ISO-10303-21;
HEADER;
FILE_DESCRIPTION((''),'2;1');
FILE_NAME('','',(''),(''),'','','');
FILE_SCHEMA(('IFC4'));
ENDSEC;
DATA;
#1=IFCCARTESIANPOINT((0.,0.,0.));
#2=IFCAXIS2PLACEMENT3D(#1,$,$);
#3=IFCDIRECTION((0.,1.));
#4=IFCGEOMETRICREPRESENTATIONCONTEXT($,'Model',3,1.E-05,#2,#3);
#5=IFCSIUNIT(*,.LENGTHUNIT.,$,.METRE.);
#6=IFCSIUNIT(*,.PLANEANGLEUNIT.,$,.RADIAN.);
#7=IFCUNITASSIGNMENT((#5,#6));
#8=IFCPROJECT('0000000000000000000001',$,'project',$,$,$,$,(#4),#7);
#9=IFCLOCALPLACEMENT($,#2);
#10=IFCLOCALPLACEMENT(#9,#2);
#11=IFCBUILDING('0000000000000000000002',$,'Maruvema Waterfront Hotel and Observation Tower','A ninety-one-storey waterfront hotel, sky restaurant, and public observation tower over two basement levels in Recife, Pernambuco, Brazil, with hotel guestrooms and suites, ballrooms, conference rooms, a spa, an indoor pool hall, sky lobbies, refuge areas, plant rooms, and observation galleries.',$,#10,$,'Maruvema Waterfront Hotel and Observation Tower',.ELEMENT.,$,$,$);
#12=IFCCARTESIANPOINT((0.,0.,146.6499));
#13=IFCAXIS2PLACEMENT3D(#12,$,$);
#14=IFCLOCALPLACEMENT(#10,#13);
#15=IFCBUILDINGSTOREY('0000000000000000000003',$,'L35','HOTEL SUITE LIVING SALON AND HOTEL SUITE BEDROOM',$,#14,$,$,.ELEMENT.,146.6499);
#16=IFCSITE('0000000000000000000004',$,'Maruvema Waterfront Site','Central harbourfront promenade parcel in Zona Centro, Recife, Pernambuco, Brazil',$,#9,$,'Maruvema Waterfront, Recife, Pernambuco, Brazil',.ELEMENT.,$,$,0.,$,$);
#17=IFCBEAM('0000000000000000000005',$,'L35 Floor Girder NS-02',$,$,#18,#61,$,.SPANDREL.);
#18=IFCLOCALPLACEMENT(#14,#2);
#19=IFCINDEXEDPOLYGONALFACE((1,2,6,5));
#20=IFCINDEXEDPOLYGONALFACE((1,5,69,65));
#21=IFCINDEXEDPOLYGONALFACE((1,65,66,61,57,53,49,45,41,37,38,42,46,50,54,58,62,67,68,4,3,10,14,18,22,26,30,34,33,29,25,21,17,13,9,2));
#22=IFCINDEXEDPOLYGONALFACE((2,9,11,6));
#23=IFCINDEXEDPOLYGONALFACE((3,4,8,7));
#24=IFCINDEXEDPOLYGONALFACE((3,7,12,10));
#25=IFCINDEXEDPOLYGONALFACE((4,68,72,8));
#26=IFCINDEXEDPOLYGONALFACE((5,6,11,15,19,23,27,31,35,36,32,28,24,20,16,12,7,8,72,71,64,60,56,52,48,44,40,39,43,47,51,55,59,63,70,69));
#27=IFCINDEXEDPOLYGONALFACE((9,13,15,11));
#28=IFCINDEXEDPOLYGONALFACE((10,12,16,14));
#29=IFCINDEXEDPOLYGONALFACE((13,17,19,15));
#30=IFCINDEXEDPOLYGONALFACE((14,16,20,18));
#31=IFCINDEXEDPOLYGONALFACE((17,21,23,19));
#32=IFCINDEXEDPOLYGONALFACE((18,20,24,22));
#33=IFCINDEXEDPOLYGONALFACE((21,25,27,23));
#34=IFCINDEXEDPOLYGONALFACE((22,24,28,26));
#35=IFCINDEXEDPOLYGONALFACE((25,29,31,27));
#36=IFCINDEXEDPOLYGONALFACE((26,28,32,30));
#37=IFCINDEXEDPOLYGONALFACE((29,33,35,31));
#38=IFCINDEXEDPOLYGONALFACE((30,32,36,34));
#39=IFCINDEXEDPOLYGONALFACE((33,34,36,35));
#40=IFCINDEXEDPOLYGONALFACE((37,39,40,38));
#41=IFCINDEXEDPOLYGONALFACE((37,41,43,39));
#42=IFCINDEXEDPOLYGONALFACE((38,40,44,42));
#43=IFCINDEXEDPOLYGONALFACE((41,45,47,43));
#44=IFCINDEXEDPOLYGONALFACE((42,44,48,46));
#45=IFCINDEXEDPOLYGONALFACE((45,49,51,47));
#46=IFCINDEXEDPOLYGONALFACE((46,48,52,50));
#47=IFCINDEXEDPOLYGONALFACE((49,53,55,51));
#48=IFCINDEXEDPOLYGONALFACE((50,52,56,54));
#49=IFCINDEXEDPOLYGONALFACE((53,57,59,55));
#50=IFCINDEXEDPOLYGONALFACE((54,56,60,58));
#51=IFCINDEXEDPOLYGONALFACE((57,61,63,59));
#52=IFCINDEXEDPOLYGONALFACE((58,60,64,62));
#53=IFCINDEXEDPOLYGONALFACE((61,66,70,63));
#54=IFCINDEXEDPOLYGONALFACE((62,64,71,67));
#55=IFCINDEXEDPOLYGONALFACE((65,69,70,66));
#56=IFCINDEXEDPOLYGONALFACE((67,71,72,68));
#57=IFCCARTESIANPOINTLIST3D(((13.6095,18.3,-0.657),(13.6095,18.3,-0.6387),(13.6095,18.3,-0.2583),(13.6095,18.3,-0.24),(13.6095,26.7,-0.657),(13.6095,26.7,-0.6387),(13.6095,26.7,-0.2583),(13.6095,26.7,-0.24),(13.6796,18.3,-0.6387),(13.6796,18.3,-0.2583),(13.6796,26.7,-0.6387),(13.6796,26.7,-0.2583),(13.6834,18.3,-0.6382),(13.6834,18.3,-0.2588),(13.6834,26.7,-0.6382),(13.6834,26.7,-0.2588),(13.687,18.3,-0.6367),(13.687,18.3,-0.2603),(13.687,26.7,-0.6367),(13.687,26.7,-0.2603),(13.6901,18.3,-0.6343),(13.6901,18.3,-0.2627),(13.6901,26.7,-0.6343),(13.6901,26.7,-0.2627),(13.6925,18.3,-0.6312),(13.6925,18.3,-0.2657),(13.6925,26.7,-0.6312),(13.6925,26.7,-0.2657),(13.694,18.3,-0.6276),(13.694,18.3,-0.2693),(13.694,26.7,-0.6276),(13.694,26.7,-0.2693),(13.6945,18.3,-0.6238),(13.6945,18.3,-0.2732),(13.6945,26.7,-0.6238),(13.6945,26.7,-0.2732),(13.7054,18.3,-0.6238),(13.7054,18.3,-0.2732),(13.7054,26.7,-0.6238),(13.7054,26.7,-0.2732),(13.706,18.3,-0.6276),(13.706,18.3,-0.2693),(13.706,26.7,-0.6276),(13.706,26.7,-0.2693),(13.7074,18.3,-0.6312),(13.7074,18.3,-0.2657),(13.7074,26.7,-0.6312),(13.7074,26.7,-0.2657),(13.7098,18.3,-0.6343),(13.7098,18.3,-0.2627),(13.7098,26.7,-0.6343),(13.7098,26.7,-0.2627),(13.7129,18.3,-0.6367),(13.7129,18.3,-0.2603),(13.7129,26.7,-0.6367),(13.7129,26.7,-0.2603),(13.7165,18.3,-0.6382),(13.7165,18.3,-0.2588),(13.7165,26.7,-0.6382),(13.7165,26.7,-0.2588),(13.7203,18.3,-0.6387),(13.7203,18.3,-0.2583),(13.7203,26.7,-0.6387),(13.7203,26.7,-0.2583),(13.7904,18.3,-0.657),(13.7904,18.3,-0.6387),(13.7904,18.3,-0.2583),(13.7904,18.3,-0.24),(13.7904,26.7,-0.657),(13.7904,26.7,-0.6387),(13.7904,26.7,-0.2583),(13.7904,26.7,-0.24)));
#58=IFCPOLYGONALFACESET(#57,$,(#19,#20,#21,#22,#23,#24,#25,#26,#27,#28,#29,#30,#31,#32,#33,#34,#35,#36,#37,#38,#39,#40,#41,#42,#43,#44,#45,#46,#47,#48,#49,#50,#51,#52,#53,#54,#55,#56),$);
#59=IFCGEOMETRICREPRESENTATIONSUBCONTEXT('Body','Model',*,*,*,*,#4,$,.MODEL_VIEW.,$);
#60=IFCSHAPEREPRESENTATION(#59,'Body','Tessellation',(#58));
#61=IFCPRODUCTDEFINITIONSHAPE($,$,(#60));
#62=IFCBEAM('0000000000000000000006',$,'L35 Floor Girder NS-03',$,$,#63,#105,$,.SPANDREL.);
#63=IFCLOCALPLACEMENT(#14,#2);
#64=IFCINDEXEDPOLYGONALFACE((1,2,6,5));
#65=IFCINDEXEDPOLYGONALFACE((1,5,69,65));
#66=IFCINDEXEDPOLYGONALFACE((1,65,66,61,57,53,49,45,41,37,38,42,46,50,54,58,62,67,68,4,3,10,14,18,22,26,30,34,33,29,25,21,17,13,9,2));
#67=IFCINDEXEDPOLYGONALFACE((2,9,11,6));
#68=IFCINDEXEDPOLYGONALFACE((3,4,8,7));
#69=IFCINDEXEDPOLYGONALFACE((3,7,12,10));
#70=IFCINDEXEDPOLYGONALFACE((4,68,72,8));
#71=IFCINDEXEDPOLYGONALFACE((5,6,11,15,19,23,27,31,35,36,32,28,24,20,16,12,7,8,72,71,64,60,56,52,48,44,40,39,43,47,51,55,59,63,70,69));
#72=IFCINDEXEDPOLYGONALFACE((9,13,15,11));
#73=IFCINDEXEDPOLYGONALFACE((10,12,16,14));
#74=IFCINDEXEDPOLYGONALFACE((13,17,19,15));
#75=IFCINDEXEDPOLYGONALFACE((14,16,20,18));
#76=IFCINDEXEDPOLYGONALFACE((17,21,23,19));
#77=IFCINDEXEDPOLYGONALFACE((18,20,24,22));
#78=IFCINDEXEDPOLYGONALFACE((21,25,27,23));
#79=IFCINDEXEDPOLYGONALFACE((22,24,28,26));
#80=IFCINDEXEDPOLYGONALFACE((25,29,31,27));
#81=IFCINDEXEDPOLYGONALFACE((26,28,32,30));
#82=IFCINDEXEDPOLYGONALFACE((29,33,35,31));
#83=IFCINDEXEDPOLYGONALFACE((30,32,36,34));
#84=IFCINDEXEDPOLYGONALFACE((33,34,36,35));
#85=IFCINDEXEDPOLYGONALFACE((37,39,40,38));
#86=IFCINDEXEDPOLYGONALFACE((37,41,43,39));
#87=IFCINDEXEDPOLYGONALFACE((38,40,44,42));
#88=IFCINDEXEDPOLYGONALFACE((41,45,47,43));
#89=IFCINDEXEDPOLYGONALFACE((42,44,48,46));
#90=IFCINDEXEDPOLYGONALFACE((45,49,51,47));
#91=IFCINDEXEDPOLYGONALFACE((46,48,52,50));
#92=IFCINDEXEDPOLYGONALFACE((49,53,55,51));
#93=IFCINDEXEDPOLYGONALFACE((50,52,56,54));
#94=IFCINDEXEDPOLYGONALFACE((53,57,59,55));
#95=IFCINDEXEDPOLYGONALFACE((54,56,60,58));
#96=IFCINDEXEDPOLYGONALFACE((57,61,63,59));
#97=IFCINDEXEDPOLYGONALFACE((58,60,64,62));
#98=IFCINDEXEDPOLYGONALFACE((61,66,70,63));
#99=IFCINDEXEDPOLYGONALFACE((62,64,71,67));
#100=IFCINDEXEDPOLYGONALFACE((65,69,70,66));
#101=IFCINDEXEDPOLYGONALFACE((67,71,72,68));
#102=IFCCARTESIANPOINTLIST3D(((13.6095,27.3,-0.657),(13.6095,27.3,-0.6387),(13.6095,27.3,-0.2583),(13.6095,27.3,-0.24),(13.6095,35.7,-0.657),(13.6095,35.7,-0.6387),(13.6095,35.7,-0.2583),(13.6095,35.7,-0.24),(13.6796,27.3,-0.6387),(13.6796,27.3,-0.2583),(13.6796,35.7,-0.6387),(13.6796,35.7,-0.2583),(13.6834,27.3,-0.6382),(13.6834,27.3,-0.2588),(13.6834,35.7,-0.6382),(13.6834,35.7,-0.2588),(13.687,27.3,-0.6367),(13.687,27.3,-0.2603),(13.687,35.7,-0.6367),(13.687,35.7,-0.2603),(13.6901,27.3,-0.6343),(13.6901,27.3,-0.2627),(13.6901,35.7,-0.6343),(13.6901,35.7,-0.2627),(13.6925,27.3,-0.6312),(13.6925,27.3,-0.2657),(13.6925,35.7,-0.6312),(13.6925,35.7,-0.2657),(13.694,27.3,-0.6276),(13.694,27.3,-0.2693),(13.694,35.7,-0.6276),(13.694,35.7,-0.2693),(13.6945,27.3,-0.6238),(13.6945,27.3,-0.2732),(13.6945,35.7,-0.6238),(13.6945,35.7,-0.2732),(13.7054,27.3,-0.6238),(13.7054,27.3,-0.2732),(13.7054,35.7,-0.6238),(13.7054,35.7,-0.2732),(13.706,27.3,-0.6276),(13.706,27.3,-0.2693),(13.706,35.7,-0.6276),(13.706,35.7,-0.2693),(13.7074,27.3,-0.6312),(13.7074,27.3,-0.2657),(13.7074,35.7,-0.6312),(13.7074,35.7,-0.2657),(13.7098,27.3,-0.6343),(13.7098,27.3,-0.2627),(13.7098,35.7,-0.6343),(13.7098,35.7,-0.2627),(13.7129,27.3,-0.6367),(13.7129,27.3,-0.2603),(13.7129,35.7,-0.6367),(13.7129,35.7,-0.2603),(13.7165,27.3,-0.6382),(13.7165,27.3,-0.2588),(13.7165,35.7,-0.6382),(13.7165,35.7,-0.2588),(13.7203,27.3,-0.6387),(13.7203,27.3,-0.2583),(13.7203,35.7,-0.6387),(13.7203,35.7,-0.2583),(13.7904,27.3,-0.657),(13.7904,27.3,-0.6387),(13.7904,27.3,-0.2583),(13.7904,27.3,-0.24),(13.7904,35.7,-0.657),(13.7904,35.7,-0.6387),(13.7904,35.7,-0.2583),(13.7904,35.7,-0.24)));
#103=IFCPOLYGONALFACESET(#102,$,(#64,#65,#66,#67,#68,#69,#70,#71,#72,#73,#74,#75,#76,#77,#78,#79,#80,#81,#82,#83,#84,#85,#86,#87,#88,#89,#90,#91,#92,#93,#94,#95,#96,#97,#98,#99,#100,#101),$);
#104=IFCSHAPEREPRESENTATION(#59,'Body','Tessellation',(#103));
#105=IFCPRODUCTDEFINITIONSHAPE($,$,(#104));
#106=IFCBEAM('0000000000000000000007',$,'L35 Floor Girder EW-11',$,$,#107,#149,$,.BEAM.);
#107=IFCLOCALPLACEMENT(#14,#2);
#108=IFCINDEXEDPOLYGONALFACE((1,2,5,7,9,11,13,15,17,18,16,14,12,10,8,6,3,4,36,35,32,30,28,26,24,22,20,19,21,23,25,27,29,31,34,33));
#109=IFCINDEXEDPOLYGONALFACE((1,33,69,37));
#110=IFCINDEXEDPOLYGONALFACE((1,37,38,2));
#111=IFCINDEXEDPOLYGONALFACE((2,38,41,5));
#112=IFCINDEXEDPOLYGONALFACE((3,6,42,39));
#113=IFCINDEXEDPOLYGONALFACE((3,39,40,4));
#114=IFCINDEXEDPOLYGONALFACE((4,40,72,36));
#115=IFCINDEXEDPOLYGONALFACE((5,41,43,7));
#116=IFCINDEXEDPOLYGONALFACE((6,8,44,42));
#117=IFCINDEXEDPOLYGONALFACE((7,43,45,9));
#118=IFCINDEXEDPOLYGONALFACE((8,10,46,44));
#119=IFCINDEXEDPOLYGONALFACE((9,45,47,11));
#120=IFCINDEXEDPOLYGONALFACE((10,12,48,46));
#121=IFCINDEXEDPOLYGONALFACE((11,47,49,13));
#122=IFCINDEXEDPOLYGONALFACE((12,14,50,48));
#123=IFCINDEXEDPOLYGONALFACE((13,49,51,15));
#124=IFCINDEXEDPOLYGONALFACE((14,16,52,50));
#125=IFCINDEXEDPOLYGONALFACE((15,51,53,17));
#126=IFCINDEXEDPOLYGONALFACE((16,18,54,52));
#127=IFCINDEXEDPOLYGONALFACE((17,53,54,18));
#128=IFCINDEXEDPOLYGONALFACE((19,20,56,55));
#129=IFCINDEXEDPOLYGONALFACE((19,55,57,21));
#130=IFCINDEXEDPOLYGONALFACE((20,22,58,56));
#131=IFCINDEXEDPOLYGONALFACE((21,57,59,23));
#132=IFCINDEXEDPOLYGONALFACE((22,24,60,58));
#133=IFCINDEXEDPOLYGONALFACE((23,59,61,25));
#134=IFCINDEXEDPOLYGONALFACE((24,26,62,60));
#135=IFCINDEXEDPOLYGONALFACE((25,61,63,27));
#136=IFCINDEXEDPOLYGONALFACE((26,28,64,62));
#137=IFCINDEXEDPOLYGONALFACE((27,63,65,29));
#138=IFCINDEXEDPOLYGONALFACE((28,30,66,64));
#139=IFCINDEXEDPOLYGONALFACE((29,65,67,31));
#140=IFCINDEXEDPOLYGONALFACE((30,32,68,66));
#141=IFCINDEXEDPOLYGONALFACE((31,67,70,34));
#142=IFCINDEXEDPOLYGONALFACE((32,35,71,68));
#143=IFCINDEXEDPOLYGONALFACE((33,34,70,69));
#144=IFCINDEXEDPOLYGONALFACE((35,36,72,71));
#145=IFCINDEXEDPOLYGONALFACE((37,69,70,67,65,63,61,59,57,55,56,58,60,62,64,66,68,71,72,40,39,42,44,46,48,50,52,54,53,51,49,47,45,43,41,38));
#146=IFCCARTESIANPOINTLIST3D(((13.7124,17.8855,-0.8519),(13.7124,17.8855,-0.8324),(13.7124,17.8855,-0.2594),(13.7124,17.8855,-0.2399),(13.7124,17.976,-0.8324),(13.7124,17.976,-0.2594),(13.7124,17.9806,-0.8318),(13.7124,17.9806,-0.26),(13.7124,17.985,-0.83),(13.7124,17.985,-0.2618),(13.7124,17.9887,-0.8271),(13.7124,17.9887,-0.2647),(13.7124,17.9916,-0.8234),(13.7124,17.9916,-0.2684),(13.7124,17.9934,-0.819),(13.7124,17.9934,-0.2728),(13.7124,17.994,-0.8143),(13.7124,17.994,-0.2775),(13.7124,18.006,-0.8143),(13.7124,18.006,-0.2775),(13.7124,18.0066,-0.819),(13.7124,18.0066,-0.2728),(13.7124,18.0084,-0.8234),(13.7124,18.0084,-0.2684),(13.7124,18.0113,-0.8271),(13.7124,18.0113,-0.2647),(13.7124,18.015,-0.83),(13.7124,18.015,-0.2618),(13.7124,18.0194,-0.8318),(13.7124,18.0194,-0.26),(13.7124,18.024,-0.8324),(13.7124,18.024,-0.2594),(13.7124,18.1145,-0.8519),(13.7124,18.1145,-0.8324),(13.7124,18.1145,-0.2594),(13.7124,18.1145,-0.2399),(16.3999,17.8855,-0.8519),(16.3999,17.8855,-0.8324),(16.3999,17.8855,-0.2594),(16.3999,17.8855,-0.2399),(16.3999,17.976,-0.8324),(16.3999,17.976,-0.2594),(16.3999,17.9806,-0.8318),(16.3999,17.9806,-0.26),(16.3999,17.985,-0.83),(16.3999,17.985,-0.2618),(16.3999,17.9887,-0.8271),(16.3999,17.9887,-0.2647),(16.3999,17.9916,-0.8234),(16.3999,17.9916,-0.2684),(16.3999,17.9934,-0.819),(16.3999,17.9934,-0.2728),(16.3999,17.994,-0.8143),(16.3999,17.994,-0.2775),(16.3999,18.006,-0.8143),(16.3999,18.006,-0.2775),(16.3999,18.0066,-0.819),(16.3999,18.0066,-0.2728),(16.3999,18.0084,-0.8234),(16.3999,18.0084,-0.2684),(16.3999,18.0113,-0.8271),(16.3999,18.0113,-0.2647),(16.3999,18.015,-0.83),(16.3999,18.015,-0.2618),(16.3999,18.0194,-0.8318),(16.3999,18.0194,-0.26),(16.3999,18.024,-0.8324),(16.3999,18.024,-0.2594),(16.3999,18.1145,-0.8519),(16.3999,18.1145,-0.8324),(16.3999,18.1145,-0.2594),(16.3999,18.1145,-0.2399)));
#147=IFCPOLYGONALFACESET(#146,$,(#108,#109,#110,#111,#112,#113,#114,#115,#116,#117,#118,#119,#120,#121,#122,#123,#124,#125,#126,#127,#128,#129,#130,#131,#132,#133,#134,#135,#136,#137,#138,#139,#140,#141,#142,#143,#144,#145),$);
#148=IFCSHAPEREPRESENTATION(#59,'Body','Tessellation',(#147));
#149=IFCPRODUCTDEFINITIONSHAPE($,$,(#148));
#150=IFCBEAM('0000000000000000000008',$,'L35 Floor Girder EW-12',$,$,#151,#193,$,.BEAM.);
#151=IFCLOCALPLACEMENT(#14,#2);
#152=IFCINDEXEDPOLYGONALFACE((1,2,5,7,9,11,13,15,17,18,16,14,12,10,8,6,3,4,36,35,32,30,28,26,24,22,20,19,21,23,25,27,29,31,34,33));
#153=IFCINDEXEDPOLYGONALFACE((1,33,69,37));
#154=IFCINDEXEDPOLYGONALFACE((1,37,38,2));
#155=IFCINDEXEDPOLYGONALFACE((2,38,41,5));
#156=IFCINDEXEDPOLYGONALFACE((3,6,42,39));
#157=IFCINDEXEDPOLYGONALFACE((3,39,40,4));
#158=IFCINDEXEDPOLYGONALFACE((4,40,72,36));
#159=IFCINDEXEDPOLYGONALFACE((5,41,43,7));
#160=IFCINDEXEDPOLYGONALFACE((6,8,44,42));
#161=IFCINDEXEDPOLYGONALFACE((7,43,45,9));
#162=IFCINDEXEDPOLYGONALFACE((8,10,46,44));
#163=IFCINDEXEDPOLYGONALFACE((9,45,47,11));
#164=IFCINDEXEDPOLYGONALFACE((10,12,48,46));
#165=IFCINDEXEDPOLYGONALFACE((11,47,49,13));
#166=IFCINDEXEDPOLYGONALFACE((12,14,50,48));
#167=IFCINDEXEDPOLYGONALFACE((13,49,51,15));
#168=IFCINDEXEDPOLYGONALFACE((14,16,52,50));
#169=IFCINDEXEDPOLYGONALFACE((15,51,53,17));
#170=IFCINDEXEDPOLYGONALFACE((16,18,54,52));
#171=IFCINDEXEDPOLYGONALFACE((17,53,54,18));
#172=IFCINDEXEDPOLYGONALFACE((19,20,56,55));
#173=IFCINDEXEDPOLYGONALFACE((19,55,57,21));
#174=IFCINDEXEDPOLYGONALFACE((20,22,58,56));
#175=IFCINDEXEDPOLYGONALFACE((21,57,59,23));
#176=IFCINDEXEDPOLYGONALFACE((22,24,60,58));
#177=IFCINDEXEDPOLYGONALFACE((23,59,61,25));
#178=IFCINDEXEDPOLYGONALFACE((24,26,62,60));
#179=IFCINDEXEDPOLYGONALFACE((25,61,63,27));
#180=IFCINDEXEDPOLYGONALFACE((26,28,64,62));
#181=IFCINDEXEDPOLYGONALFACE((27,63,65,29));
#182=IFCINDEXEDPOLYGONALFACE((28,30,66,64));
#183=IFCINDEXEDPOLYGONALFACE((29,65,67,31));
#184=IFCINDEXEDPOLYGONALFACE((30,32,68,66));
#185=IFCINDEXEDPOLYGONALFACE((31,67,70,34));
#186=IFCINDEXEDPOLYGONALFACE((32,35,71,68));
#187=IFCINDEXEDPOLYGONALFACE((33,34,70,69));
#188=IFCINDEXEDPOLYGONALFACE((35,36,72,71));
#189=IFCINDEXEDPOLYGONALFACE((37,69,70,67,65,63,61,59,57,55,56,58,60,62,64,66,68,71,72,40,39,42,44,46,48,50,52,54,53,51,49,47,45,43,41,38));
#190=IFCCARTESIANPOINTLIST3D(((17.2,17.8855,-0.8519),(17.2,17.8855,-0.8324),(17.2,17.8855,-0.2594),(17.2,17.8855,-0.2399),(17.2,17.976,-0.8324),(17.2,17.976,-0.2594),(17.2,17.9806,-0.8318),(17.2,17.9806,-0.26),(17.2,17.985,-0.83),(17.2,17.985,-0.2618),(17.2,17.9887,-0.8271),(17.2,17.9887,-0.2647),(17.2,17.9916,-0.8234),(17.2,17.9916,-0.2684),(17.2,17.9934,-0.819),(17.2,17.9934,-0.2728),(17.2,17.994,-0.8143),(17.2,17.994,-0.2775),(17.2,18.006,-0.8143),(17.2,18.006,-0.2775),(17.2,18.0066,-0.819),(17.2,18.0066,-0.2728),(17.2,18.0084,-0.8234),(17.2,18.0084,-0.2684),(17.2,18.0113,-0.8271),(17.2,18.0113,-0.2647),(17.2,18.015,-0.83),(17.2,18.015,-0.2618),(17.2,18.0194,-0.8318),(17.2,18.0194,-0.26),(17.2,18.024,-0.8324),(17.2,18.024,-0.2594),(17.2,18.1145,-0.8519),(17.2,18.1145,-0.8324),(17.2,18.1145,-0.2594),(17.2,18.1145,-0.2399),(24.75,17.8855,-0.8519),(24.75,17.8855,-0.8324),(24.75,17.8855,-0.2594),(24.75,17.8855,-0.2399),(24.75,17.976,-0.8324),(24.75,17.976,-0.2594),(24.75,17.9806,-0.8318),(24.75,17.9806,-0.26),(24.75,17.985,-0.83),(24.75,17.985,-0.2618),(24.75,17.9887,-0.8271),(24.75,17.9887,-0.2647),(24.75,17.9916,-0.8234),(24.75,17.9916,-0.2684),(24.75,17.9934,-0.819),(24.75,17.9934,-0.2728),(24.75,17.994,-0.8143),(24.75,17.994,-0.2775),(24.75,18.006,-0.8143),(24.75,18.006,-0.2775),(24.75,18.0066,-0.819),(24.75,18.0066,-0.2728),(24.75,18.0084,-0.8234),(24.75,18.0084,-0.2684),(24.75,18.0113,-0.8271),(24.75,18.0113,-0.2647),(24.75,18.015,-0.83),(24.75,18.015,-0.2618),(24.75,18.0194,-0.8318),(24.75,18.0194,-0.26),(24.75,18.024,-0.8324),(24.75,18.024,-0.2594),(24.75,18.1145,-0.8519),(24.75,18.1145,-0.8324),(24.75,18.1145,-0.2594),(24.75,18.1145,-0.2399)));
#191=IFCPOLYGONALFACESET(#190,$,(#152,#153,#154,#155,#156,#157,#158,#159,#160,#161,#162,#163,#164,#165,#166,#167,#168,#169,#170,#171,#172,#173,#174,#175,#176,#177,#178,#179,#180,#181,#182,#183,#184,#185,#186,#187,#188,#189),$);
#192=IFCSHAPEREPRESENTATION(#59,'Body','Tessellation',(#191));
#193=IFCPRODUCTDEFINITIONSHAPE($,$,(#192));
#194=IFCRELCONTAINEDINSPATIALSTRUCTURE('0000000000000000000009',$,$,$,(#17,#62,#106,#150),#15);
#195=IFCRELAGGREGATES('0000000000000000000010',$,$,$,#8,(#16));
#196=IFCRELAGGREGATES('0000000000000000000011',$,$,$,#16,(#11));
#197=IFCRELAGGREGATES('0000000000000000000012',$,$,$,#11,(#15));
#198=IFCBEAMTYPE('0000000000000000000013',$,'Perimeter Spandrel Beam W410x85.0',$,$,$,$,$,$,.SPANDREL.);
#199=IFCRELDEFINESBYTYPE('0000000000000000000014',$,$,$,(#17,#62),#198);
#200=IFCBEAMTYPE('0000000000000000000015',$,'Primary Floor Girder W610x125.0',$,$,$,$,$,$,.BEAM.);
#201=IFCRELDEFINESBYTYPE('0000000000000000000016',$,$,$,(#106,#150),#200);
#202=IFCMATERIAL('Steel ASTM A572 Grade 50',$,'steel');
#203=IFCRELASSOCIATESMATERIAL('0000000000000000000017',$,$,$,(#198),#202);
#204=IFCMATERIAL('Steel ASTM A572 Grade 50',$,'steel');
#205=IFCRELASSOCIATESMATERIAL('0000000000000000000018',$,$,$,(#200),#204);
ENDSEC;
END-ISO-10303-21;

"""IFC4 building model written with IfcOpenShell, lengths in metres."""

from ifc_helpers import new_model, si_unit, direction, frame, origin, origin_2d, place, context, subcontext, project, spatial, i_section, extrude, material, material_profile, profile_set, type_object, element, save


model = new_model("IFC4")

# Units and contexts
model_context = context("Model", 3, precision=1e-05, world=origin(), true_north=direction((0.0, 1.0)))
body_context = subcontext(model_context, "Body", "Model", "MODEL_VIEW")
ifc_project = project(units=[si_unit("LENGTHUNIT", "METRE"), si_unit("PLANEANGLEUNIT", "RADIAN")], contexts=[model_context])

# Site, building, storey
site_placement = place(None, origin())
site = spatial("IfcSite", under=ifc_project, at=site_placement, Name="Maruvema Waterfront Site", Description="Central harbourfront promenade parcel in Zona Centro, Recife, Pernambuco, Brazil", LongName="Maruvema Waterfront, Recife, Pernambuco, Brazil", CompositionType="ELEMENT", RefElevation=0.0)
building_placement = place(site_placement, origin())
building = spatial("IfcBuilding", under=site, at=building_placement, Name="Maruvema Waterfront Hotel and Observation Tower", Description="A ninety-one-storey waterfront hotel, sky restaurant, and public observation tower over two basement levels in Recife, Pernambuco, Brazil, with hotel guestrooms and suites, ballrooms, conference rooms, a spa, an indoor pool hall, sky lobbies, refuge areas, plant rooms, and observation galleries.", LongName="Maruvema Waterfront Hotel and Observation Tower", CompositionType="ELEMENT")
storey_placement = place(building_placement, frame((0.0, 0.0, 146.6499)))
storey = spatial("IfcBuildingStorey", under=building, at=storey_placement, Name="L35", Description="HOTEL SUITE LIVING SALON AND HOTEL SUITE BEDROOM", CompositionType="ELEMENT", Elevation=146.6499)

# Beams
ifc_material_1 = material(Name="Steel ASTM A572 Grade 50", Category="steel")
ifc_material_profile_1 = material_profile(ifc_material_1, i_section(OverallWidth=0.1809, OverallDepth=0.417, WebThickness=0.011, FlangeThickness=0.0183, FilletRadius=0.0149, at=origin_2d()), Name="W410x85.0")
ifc_profile_set_1 = profile_set([ifc_material_profile_1], Name="Steel ASTM A572 Grade 50")
beam_type_1 = type_object("IfcBeamType", Name="Perimeter Spandrel Beam W410x85.0", PredefinedType="SPANDREL", material=ifc_profile_set_1)
for number, where, z_axis, x_axis, name in (
    (1, (13.7, 18.3, -0.4485), (0.0, 1.0, 0.0), (-1.0, 0.0, 0.0), "L35 Floor Girder NS-02"),
    (2, (13.7, 27.3, -0.4485), (0.0, 1.0, 0.0), (-1.0, 0.0, 0.0), "L35 Floor Girder NS-03"),
):
    element("IfcBeam", number, at=place(storey_placement, frame(where, z_axis=z_axis, x_axis=x_axis)), inside=storey, type_object=beam_type_1, Name=name, PredefinedType="SPANDREL", context=body_context, shape_type="SweptSolid", body=[
        extrude(i_section(OverallWidth=0.1809, OverallDepth=0.417, WebThickness=0.011, FlangeThickness=0.0183, FilletRadius=0.0149, at=origin_2d()), origin(), (0.0, 0.0, 1.0), 8.3999),
    ])
ifc_material_2 = material(Name="Steel ASTM A572 Grade 50", Category="steel")
ifc_material_profile_2 = material_profile(ifc_material_2, i_section(OverallWidth=0.229, OverallDepth=0.6121, WebThickness=0.012, FlangeThickness=0.0195, FilletRadius=0.0181, at=origin_2d()), Name="W610x125.0")
ifc_profile_set_2 = profile_set([ifc_material_profile_2], Name="Steel ASTM A572 Grade 50")
beam_type_2 = type_object("IfcBeamType", Name="Primary Floor Girder W610x125.0", PredefinedType="BEAM", material=ifc_profile_set_2)
beam_1_placement = place(storey_placement, frame((13.7124, 18.0, -0.5459), z_axis=(1.0, 0.0, 0.0), x_axis=(0.0, 1.0, 0.0)))
element("IfcBeam", 3, at=beam_1_placement, inside=storey, type_object=beam_type_2, Name="L35 Floor Girder EW-11", PredefinedType="BEAM", context=body_context, shape_type="SweptSolid", body=[
    extrude(i_section(OverallWidth=0.229, OverallDepth=0.6121, WebThickness=0.012, FlangeThickness=0.0195, FilletRadius=0.0181, at=origin_2d()), origin(), (0.0, 0.0, 1.0), 2.6875),
])
beam_2_placement = place(storey_placement, frame((17.2, 18.0, -0.5459), z_axis=(1.0, 0.0, 0.0), x_axis=(0.0, 1.0, 0.0)))
element("IfcBeam", 4, at=beam_2_placement, inside=storey, type_object=beam_type_2, Name="L35 Floor Girder EW-12", PredefinedType="BEAM", context=body_context, shape_type="SweptSolid", body=[
    extrude(i_section(OverallWidth=0.229, OverallDepth=0.6121, WebThickness=0.012, FlangeThickness=0.0195, FilletRadius=0.0181, at=origin_2d()), origin(), (0.0, 0.0, 1.0), 7.55),
])

save(model, "model.ifc")
